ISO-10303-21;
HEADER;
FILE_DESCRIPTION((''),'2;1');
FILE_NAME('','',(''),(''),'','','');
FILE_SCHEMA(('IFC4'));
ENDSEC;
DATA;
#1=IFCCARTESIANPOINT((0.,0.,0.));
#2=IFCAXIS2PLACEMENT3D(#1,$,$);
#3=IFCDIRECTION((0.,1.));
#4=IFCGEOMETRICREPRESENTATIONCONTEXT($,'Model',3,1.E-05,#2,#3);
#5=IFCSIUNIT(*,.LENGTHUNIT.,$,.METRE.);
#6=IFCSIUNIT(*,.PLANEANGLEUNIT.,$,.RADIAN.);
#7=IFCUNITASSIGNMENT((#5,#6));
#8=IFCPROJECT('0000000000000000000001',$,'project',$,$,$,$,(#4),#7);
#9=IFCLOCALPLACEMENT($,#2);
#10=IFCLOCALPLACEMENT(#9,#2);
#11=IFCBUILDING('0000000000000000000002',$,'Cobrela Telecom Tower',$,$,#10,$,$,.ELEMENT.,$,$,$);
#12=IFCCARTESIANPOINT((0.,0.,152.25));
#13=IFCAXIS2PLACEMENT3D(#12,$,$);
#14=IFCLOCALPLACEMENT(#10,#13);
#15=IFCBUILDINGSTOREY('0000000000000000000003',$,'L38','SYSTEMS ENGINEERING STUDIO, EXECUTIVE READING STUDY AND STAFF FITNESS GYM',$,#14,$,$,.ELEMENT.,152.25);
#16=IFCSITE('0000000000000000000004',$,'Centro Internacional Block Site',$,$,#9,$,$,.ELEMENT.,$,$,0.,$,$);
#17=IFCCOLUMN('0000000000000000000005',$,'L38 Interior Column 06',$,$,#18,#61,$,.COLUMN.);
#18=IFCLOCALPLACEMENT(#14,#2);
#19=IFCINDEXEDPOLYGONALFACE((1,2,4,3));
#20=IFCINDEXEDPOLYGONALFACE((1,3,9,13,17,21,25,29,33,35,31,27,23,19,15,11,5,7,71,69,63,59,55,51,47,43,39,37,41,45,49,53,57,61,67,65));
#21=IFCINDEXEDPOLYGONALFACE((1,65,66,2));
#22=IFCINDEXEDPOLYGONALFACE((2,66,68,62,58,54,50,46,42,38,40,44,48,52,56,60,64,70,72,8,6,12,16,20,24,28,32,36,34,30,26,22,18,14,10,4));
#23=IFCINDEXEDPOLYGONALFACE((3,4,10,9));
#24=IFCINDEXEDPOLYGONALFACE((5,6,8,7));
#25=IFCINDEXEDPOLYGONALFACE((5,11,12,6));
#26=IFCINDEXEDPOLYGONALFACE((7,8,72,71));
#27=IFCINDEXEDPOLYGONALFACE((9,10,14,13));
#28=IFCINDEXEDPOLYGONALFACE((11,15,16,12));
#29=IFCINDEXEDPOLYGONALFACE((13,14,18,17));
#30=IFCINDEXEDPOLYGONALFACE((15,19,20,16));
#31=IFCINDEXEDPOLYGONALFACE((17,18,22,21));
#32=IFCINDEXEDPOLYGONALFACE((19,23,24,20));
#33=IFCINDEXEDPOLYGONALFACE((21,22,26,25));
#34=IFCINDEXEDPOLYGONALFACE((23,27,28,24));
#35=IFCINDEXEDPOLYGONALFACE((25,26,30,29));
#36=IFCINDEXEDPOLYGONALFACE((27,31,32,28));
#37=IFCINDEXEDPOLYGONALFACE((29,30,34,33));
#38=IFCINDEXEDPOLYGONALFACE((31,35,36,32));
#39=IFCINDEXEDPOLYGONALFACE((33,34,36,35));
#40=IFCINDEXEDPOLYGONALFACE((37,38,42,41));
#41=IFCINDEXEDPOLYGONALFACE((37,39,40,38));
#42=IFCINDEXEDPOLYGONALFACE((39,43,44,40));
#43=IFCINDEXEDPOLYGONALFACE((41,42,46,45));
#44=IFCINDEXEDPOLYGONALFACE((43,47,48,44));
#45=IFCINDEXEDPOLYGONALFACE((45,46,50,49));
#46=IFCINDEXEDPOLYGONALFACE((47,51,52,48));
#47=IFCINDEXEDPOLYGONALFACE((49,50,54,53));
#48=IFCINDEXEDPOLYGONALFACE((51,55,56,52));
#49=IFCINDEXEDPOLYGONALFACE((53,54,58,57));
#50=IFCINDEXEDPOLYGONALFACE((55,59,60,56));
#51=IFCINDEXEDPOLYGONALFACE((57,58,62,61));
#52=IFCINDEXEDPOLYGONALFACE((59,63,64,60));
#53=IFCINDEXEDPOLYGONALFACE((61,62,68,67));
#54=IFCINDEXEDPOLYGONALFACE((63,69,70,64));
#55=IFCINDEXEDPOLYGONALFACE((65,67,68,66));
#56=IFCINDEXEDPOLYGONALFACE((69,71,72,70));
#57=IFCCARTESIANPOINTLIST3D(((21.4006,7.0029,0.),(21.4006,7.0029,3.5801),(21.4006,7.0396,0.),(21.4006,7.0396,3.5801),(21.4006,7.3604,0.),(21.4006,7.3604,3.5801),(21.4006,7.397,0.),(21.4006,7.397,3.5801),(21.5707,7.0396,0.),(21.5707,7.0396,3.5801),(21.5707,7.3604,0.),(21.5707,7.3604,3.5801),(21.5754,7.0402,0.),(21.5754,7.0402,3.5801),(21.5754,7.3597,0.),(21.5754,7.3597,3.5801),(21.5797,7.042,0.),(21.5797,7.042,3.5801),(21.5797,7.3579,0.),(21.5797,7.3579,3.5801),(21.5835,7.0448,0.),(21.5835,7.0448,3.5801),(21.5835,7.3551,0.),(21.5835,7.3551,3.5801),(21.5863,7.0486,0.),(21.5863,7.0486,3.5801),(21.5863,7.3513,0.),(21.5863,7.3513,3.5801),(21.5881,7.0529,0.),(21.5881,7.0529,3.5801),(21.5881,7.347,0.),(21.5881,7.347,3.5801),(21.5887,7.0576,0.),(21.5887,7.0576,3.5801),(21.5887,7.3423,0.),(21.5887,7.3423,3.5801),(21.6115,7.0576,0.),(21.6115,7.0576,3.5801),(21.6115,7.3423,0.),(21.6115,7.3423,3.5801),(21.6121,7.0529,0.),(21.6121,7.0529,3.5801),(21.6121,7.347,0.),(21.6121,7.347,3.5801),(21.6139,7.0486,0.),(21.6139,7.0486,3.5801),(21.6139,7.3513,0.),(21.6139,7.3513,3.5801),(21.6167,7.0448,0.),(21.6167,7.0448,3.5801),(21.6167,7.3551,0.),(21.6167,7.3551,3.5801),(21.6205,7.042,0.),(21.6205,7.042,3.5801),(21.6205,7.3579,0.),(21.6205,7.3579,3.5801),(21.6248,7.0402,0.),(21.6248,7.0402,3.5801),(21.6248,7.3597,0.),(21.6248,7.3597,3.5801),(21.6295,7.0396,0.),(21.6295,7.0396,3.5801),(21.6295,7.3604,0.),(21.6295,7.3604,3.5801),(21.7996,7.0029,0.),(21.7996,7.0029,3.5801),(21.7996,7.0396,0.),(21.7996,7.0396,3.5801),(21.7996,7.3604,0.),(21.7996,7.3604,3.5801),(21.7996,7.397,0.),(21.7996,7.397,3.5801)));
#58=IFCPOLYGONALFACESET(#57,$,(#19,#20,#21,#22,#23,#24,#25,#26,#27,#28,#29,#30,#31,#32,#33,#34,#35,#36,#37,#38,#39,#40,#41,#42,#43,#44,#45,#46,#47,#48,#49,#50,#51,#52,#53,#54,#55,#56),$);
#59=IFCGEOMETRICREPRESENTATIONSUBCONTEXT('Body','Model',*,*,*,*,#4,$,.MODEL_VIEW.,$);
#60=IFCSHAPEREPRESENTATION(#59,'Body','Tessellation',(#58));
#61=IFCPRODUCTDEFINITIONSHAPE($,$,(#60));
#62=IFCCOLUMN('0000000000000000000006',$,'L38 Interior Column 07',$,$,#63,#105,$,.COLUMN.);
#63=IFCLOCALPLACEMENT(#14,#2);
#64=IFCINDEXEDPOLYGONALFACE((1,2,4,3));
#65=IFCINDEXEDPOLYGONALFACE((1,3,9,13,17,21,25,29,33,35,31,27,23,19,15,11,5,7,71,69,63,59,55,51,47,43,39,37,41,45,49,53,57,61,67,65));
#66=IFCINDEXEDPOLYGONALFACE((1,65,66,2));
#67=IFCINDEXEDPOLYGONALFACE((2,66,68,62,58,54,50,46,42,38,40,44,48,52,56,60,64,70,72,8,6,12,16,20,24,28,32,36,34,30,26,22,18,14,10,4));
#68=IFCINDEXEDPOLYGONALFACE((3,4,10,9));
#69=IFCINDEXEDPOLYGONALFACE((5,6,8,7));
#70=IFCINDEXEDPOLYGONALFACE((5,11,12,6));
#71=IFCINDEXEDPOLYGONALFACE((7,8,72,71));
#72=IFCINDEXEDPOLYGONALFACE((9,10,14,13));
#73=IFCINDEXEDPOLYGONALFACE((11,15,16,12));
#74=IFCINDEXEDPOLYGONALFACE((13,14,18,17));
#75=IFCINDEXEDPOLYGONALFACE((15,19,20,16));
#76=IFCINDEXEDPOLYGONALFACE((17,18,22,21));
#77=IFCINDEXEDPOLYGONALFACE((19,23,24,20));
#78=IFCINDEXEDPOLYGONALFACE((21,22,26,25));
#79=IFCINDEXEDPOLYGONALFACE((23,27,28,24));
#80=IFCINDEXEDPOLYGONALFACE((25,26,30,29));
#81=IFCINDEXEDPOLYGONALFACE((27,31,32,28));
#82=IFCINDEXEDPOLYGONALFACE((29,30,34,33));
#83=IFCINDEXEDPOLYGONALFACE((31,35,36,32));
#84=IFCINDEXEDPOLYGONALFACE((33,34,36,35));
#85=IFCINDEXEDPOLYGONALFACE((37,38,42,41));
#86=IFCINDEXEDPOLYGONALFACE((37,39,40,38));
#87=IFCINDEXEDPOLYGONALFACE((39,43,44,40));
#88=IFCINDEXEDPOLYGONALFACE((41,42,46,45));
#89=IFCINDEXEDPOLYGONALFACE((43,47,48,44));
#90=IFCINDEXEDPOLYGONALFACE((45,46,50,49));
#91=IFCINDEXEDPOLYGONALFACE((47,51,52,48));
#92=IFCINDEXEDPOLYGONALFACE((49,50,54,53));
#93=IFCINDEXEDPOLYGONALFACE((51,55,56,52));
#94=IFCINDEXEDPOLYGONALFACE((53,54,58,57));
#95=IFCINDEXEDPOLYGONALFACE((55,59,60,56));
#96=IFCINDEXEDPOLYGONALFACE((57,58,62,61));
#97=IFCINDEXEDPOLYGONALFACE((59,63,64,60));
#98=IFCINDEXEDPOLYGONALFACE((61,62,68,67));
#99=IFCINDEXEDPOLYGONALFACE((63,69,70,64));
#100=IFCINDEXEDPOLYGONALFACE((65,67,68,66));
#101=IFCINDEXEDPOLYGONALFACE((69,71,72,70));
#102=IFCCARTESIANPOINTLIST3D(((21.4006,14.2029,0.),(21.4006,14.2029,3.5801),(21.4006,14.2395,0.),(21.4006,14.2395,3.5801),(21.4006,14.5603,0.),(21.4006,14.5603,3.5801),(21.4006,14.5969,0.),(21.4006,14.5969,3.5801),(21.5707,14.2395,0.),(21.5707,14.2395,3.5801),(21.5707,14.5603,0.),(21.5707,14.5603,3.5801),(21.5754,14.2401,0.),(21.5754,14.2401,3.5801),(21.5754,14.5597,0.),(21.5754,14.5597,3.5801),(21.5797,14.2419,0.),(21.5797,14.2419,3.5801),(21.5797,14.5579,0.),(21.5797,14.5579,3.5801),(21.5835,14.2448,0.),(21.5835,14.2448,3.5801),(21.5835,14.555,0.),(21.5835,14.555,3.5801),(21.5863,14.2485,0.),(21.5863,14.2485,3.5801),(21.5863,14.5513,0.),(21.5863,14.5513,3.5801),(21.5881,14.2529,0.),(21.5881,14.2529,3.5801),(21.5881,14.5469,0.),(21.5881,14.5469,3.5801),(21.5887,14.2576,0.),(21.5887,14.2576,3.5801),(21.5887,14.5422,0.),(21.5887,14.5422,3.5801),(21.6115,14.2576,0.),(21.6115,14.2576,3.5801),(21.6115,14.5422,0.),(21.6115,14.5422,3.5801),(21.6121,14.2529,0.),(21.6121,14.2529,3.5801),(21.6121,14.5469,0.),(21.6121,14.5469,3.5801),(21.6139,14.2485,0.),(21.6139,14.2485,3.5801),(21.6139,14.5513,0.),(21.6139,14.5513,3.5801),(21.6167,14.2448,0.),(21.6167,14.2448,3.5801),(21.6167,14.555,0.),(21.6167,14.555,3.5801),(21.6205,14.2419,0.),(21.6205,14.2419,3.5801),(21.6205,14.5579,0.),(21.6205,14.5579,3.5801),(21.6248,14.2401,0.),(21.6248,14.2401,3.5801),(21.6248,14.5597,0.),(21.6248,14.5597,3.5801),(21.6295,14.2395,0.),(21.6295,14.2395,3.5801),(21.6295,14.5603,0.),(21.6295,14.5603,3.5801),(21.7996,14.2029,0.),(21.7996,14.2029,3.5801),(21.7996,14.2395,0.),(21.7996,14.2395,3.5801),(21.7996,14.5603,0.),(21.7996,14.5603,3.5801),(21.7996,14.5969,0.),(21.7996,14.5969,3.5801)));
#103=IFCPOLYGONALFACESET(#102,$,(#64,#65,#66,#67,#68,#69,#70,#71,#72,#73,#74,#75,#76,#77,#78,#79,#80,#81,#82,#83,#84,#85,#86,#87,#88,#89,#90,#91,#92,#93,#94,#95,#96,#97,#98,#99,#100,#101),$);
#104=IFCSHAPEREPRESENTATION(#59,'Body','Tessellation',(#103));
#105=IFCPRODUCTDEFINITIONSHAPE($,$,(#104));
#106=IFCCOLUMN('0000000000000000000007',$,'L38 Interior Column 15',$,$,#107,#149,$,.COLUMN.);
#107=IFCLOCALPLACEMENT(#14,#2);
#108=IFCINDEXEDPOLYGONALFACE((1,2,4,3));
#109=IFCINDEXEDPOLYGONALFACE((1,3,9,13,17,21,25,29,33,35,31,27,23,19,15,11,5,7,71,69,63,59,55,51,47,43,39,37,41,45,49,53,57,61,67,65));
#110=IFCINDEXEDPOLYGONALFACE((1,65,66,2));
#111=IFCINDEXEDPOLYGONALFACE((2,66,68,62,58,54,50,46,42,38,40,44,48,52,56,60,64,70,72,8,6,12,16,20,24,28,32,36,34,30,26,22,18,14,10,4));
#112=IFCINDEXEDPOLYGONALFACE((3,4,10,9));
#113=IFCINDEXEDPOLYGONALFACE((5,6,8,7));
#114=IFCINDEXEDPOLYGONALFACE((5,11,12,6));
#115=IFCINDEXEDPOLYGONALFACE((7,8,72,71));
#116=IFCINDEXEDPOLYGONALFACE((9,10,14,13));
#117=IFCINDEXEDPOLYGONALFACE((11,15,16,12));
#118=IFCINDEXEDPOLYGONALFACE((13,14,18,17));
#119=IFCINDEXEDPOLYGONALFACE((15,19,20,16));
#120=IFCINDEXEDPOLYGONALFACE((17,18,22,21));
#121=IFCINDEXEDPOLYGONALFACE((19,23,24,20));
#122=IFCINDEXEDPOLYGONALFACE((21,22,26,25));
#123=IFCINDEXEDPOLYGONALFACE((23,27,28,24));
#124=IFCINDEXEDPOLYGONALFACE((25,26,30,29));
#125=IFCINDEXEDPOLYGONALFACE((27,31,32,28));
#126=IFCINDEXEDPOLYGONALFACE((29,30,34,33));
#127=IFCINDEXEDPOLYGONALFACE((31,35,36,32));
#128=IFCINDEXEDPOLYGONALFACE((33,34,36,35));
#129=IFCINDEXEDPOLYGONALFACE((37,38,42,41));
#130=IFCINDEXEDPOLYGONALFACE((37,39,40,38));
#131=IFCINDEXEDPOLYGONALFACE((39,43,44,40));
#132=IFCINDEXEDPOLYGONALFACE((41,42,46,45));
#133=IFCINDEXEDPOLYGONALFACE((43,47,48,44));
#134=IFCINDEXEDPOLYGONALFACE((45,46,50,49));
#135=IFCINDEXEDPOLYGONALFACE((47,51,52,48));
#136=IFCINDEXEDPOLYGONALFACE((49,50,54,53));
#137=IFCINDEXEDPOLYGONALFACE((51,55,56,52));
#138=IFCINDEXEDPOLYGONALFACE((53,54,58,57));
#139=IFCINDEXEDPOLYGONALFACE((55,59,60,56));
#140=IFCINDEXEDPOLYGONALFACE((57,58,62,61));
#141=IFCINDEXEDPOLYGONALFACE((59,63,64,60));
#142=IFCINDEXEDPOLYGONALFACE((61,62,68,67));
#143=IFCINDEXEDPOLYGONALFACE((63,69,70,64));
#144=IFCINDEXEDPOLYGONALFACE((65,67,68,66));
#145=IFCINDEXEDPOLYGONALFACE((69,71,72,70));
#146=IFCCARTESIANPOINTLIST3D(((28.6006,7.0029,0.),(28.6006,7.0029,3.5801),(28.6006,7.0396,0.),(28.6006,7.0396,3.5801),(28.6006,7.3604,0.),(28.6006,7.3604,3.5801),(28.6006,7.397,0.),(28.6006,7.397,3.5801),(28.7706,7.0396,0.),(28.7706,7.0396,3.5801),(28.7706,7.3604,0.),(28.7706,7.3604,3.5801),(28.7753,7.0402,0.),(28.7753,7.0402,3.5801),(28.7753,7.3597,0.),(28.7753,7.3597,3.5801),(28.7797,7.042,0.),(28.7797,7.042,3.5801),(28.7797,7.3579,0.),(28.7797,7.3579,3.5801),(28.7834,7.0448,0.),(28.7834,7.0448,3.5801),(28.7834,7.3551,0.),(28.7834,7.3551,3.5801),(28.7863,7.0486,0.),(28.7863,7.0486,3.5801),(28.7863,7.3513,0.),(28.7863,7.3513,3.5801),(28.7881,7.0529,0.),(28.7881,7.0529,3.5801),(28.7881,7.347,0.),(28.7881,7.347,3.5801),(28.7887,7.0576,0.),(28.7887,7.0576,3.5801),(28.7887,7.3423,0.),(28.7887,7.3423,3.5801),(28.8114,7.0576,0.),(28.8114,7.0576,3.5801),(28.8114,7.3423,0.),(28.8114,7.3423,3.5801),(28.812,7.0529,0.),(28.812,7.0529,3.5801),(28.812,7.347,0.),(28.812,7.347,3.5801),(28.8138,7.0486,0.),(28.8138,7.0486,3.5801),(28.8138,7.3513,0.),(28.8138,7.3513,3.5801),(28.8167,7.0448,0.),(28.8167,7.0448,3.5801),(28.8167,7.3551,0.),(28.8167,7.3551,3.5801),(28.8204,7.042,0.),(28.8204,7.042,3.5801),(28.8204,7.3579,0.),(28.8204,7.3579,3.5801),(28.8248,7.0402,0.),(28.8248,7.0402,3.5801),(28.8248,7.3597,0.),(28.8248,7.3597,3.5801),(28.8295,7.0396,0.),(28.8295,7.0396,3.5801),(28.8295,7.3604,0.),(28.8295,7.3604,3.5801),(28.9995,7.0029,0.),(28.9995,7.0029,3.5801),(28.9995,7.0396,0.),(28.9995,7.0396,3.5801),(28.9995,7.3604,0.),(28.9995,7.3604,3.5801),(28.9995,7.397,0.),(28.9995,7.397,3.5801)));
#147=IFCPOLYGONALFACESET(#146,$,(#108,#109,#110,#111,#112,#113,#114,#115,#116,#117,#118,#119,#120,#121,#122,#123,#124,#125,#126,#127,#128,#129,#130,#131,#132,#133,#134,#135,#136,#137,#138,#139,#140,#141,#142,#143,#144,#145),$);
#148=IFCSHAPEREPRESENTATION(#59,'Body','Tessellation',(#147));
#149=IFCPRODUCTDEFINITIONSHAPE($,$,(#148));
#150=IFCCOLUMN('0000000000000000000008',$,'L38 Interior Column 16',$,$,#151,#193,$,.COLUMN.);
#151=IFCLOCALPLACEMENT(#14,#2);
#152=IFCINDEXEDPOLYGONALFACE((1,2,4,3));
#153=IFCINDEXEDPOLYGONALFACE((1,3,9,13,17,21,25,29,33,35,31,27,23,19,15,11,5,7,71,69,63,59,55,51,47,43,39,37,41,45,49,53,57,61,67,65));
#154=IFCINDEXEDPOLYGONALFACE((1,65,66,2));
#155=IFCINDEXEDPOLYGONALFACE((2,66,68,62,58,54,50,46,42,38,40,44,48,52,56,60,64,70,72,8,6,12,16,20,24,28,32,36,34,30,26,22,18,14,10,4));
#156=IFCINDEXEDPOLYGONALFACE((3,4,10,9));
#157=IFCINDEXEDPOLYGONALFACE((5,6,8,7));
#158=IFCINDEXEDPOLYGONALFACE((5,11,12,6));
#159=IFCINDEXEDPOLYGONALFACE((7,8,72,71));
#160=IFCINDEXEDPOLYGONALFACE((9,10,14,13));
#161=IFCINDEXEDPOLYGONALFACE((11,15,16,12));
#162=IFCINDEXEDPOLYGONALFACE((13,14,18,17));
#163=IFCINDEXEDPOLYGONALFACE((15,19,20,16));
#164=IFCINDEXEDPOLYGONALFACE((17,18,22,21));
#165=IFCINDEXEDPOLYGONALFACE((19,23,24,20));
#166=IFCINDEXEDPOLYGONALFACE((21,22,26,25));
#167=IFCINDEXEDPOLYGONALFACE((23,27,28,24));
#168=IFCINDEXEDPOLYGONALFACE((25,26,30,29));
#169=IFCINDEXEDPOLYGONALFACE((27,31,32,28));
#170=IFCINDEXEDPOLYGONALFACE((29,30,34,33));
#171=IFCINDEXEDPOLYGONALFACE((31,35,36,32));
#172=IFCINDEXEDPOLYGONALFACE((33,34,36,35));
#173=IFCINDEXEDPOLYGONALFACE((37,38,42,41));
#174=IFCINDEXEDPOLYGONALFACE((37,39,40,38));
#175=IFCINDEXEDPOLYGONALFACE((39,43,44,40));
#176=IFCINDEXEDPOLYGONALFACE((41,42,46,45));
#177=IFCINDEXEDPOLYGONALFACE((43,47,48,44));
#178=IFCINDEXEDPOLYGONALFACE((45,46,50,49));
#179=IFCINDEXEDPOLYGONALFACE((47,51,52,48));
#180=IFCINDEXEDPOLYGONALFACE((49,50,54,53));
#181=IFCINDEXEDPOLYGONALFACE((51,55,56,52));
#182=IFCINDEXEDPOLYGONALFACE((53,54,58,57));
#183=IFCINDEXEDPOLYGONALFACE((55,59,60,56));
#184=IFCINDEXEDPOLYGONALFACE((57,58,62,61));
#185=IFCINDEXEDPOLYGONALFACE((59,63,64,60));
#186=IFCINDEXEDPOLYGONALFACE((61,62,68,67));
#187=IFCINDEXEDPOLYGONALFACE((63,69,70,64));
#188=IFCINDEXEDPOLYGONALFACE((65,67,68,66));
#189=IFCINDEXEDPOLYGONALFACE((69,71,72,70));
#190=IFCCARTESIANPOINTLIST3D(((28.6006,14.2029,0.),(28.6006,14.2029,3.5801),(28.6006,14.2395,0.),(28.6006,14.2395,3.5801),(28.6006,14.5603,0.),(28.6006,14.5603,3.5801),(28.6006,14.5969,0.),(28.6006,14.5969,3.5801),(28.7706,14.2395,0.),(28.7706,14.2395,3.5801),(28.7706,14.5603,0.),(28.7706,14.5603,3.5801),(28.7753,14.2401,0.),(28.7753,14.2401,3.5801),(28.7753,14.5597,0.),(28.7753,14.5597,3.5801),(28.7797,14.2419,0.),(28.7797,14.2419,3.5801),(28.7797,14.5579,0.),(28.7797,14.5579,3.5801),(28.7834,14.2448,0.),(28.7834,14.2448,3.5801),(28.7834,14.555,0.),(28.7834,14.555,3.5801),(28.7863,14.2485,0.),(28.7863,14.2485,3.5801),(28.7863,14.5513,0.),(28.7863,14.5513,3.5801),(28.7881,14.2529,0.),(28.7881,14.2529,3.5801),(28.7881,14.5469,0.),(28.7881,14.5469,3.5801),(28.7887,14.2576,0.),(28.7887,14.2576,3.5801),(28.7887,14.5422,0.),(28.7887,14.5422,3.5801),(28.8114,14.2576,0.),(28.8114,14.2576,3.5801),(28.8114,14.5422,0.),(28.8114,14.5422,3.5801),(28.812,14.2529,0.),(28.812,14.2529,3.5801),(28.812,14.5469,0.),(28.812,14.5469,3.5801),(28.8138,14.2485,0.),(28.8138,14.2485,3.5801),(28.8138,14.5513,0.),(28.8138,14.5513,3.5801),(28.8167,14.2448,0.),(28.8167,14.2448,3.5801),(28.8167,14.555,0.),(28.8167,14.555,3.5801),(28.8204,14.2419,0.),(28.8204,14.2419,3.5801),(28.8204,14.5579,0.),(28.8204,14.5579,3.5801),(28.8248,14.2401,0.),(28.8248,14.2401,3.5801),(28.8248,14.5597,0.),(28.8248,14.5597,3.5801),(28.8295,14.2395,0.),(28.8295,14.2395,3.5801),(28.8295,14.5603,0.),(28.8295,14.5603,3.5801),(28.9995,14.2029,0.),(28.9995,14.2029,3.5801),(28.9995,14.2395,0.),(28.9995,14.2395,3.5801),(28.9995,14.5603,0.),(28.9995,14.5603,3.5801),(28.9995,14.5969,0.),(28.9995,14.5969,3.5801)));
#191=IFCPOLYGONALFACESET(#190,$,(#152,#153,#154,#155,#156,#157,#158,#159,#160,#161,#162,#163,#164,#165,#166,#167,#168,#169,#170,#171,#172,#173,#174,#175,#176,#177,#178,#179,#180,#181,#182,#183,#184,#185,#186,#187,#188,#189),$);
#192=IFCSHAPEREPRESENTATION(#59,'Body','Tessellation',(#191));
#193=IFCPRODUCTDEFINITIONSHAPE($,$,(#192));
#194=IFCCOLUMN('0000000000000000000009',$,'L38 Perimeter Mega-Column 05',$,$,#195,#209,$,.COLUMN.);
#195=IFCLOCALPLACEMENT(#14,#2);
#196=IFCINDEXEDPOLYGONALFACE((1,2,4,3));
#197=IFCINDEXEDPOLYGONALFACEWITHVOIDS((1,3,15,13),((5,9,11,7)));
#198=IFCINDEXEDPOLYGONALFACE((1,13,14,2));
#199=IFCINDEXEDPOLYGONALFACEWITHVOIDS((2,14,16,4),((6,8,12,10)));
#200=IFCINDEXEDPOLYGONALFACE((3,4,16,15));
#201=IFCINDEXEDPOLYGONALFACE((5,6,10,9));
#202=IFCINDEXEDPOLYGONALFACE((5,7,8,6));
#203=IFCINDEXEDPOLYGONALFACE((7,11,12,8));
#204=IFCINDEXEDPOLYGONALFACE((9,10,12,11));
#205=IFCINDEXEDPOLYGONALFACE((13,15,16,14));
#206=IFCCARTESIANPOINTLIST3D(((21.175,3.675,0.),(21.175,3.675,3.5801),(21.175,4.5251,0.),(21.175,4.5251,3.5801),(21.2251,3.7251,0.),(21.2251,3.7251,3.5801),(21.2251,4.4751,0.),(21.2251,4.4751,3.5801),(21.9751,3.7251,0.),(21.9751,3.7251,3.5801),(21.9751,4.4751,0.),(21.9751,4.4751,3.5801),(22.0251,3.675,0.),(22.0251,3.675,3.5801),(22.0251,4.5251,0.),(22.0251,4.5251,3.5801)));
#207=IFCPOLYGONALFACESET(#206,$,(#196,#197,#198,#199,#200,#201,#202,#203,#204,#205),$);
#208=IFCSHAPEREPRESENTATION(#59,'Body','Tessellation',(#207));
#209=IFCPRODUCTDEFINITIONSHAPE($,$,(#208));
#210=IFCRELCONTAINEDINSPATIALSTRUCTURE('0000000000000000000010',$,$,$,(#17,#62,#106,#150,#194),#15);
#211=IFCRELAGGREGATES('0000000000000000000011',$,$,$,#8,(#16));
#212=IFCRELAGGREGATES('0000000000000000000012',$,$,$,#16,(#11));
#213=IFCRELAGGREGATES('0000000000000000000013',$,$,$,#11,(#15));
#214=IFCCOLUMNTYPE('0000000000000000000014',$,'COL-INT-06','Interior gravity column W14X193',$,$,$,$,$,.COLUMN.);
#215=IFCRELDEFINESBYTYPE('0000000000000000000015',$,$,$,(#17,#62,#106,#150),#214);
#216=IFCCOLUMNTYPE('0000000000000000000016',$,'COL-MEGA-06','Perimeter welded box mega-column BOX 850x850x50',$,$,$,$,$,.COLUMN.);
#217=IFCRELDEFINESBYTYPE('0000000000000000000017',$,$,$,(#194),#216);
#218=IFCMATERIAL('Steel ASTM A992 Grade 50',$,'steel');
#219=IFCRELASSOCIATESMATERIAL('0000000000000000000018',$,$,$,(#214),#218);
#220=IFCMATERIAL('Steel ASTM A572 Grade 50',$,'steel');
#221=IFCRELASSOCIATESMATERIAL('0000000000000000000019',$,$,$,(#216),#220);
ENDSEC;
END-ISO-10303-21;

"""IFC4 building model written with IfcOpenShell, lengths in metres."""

from ifc_helpers import new_model, si_unit, direction, frame, origin, origin_2d, place, context, subcontext, project, spatial, hollow_rectangle, i_section, extrude, material, material_profile, profile_set, type_object, element, save


model = new_model("IFC4")

# Units and contexts
model_context = context("Model", 3, precision=1e-05, world=origin(), true_north=direction((0.0, 1.0)))
body_context = subcontext(model_context, "Body", "Model", "MODEL_VIEW")
ifc_project = project(units=[si_unit("LENGTHUNIT", "METRE"), si_unit("PLANEANGLEUNIT", "RADIAN")], contexts=[model_context])

# Site, building, storey
site_placement = place(None, origin())
site = spatial("IfcSite", under=ifc_project, at=site_placement, Name="Centro Internacional Block Site", CompositionType="ELEMENT", RefElevation=0.0)
building_placement = place(site_placement, origin())
building = spatial("IfcBuilding", under=site, at=building_placement, Name="Cobrela Telecom Tower", CompositionType="ELEMENT")
storey_placement = place(building_placement, frame((0.0, 0.0, 152.25)))
storey = spatial("IfcBuildingStorey", under=building, at=storey_placement, Name="L38", Description="SYSTEMS ENGINEERING STUDIO, EXECUTIVE READING STUDY AND STAFF FITNESS GYM", CompositionType="ELEMENT", Elevation=152.25)

# Columns
ifc_material_1 = material(Name="Steel ASTM A992 Grade 50", Category="steel")
ifc_material_profile_1 = material_profile(ifc_material_1, i_section(OverallWidth=0.3989, OverallDepth=0.394, WebThickness=0.0227, FlangeThickness=0.0366, FilletRadius=0.0181, at=origin_2d()), Name="W14X193")
ifc_profile_set_1 = profile_set([ifc_material_profile_1], Name="Steel ASTM A992 Grade 50")
column_type_1 = type_object("IfcColumnType", Name="COL-INT-06", Description="Interior gravity column W14X193", PredefinedType="COLUMN", material=ifc_profile_set_1)
for number, where, z_axis, x_axis, name in (
    (1, (21.6001, 7.2, 0.0), (0.0, 0.0, 1.0), (1.0, 0.0, 0.0), "L38 Interior Column 06"),
    (2, (21.6001, 14.3999, 0.0), (0.0, 0.0, 1.0), (1.0, 0.0, 0.0), "L38 Interior Column 07"),
    (3, (28.8, 7.2, 0.0), (0.0, 0.0, 1.0), (1.0, 0.0, 0.0), "L38 Interior Column 15"),
    (4, (28.8, 14.3999, 0.0), (0.0, 0.0, 1.0), (1.0, 0.0, 0.0), "L38 Interior Column 16"),
):
    element("IfcColumn", number, at=place(storey_placement, frame(where, z_axis=z_axis, x_axis=x_axis)), inside=storey, type_object=column_type_1, Name=name, PredefinedType="COLUMN", context=body_context, shape_type="SweptSolid", body=[
        extrude(i_section(OverallWidth=0.3989, OverallDepth=0.394, WebThickness=0.0227, FlangeThickness=0.0366, FilletRadius=0.0181, at=origin_2d()), origin(), (0.0, 0.0, 1.0), 3.5801),
    ])
ifc_material_2 = material(Name="Steel ASTM A572 Grade 50", Category="steel")
ifc_material_profile_2 = material_profile(ifc_material_2, hollow_rectangle(XDim=0.8501, YDim=0.8501, WallThickness=0.05, at=origin_2d()), Name="BOX 850x850x50")
ifc_profile_set_2 = profile_set([ifc_material_profile_2], Name="Steel ASTM A572 Grade 50")
column_type_2 = type_object("IfcColumnType", Name="COL-MEGA-06", Description="Perimeter welded box mega-column BOX 850x850x50", PredefinedType="COLUMN", material=ifc_profile_set_2)
for number, where, z_axis, x_axis, name in (
    (5, (21.6001, 4.1001, 0.0), (0.0, 0.0, 1.0), (1.0, 0.0, 0.0), "L38 Perimeter Mega-Column 05"),
):
    element("IfcColumn", number, at=place(storey_placement, frame(where, z_axis=z_axis, x_axis=x_axis)), inside=storey, type_object=column_type_2, Name=name, PredefinedType="COLUMN", context=body_context, shape_type="SweptSolid", body=[
        extrude(hollow_rectangle(XDim=0.8501, YDim=0.8501, WallThickness=0.05, at=origin_2d()), origin(), (0.0, 0.0, 1.0), 3.5801),
    ])

save(model, "model.ifc")
